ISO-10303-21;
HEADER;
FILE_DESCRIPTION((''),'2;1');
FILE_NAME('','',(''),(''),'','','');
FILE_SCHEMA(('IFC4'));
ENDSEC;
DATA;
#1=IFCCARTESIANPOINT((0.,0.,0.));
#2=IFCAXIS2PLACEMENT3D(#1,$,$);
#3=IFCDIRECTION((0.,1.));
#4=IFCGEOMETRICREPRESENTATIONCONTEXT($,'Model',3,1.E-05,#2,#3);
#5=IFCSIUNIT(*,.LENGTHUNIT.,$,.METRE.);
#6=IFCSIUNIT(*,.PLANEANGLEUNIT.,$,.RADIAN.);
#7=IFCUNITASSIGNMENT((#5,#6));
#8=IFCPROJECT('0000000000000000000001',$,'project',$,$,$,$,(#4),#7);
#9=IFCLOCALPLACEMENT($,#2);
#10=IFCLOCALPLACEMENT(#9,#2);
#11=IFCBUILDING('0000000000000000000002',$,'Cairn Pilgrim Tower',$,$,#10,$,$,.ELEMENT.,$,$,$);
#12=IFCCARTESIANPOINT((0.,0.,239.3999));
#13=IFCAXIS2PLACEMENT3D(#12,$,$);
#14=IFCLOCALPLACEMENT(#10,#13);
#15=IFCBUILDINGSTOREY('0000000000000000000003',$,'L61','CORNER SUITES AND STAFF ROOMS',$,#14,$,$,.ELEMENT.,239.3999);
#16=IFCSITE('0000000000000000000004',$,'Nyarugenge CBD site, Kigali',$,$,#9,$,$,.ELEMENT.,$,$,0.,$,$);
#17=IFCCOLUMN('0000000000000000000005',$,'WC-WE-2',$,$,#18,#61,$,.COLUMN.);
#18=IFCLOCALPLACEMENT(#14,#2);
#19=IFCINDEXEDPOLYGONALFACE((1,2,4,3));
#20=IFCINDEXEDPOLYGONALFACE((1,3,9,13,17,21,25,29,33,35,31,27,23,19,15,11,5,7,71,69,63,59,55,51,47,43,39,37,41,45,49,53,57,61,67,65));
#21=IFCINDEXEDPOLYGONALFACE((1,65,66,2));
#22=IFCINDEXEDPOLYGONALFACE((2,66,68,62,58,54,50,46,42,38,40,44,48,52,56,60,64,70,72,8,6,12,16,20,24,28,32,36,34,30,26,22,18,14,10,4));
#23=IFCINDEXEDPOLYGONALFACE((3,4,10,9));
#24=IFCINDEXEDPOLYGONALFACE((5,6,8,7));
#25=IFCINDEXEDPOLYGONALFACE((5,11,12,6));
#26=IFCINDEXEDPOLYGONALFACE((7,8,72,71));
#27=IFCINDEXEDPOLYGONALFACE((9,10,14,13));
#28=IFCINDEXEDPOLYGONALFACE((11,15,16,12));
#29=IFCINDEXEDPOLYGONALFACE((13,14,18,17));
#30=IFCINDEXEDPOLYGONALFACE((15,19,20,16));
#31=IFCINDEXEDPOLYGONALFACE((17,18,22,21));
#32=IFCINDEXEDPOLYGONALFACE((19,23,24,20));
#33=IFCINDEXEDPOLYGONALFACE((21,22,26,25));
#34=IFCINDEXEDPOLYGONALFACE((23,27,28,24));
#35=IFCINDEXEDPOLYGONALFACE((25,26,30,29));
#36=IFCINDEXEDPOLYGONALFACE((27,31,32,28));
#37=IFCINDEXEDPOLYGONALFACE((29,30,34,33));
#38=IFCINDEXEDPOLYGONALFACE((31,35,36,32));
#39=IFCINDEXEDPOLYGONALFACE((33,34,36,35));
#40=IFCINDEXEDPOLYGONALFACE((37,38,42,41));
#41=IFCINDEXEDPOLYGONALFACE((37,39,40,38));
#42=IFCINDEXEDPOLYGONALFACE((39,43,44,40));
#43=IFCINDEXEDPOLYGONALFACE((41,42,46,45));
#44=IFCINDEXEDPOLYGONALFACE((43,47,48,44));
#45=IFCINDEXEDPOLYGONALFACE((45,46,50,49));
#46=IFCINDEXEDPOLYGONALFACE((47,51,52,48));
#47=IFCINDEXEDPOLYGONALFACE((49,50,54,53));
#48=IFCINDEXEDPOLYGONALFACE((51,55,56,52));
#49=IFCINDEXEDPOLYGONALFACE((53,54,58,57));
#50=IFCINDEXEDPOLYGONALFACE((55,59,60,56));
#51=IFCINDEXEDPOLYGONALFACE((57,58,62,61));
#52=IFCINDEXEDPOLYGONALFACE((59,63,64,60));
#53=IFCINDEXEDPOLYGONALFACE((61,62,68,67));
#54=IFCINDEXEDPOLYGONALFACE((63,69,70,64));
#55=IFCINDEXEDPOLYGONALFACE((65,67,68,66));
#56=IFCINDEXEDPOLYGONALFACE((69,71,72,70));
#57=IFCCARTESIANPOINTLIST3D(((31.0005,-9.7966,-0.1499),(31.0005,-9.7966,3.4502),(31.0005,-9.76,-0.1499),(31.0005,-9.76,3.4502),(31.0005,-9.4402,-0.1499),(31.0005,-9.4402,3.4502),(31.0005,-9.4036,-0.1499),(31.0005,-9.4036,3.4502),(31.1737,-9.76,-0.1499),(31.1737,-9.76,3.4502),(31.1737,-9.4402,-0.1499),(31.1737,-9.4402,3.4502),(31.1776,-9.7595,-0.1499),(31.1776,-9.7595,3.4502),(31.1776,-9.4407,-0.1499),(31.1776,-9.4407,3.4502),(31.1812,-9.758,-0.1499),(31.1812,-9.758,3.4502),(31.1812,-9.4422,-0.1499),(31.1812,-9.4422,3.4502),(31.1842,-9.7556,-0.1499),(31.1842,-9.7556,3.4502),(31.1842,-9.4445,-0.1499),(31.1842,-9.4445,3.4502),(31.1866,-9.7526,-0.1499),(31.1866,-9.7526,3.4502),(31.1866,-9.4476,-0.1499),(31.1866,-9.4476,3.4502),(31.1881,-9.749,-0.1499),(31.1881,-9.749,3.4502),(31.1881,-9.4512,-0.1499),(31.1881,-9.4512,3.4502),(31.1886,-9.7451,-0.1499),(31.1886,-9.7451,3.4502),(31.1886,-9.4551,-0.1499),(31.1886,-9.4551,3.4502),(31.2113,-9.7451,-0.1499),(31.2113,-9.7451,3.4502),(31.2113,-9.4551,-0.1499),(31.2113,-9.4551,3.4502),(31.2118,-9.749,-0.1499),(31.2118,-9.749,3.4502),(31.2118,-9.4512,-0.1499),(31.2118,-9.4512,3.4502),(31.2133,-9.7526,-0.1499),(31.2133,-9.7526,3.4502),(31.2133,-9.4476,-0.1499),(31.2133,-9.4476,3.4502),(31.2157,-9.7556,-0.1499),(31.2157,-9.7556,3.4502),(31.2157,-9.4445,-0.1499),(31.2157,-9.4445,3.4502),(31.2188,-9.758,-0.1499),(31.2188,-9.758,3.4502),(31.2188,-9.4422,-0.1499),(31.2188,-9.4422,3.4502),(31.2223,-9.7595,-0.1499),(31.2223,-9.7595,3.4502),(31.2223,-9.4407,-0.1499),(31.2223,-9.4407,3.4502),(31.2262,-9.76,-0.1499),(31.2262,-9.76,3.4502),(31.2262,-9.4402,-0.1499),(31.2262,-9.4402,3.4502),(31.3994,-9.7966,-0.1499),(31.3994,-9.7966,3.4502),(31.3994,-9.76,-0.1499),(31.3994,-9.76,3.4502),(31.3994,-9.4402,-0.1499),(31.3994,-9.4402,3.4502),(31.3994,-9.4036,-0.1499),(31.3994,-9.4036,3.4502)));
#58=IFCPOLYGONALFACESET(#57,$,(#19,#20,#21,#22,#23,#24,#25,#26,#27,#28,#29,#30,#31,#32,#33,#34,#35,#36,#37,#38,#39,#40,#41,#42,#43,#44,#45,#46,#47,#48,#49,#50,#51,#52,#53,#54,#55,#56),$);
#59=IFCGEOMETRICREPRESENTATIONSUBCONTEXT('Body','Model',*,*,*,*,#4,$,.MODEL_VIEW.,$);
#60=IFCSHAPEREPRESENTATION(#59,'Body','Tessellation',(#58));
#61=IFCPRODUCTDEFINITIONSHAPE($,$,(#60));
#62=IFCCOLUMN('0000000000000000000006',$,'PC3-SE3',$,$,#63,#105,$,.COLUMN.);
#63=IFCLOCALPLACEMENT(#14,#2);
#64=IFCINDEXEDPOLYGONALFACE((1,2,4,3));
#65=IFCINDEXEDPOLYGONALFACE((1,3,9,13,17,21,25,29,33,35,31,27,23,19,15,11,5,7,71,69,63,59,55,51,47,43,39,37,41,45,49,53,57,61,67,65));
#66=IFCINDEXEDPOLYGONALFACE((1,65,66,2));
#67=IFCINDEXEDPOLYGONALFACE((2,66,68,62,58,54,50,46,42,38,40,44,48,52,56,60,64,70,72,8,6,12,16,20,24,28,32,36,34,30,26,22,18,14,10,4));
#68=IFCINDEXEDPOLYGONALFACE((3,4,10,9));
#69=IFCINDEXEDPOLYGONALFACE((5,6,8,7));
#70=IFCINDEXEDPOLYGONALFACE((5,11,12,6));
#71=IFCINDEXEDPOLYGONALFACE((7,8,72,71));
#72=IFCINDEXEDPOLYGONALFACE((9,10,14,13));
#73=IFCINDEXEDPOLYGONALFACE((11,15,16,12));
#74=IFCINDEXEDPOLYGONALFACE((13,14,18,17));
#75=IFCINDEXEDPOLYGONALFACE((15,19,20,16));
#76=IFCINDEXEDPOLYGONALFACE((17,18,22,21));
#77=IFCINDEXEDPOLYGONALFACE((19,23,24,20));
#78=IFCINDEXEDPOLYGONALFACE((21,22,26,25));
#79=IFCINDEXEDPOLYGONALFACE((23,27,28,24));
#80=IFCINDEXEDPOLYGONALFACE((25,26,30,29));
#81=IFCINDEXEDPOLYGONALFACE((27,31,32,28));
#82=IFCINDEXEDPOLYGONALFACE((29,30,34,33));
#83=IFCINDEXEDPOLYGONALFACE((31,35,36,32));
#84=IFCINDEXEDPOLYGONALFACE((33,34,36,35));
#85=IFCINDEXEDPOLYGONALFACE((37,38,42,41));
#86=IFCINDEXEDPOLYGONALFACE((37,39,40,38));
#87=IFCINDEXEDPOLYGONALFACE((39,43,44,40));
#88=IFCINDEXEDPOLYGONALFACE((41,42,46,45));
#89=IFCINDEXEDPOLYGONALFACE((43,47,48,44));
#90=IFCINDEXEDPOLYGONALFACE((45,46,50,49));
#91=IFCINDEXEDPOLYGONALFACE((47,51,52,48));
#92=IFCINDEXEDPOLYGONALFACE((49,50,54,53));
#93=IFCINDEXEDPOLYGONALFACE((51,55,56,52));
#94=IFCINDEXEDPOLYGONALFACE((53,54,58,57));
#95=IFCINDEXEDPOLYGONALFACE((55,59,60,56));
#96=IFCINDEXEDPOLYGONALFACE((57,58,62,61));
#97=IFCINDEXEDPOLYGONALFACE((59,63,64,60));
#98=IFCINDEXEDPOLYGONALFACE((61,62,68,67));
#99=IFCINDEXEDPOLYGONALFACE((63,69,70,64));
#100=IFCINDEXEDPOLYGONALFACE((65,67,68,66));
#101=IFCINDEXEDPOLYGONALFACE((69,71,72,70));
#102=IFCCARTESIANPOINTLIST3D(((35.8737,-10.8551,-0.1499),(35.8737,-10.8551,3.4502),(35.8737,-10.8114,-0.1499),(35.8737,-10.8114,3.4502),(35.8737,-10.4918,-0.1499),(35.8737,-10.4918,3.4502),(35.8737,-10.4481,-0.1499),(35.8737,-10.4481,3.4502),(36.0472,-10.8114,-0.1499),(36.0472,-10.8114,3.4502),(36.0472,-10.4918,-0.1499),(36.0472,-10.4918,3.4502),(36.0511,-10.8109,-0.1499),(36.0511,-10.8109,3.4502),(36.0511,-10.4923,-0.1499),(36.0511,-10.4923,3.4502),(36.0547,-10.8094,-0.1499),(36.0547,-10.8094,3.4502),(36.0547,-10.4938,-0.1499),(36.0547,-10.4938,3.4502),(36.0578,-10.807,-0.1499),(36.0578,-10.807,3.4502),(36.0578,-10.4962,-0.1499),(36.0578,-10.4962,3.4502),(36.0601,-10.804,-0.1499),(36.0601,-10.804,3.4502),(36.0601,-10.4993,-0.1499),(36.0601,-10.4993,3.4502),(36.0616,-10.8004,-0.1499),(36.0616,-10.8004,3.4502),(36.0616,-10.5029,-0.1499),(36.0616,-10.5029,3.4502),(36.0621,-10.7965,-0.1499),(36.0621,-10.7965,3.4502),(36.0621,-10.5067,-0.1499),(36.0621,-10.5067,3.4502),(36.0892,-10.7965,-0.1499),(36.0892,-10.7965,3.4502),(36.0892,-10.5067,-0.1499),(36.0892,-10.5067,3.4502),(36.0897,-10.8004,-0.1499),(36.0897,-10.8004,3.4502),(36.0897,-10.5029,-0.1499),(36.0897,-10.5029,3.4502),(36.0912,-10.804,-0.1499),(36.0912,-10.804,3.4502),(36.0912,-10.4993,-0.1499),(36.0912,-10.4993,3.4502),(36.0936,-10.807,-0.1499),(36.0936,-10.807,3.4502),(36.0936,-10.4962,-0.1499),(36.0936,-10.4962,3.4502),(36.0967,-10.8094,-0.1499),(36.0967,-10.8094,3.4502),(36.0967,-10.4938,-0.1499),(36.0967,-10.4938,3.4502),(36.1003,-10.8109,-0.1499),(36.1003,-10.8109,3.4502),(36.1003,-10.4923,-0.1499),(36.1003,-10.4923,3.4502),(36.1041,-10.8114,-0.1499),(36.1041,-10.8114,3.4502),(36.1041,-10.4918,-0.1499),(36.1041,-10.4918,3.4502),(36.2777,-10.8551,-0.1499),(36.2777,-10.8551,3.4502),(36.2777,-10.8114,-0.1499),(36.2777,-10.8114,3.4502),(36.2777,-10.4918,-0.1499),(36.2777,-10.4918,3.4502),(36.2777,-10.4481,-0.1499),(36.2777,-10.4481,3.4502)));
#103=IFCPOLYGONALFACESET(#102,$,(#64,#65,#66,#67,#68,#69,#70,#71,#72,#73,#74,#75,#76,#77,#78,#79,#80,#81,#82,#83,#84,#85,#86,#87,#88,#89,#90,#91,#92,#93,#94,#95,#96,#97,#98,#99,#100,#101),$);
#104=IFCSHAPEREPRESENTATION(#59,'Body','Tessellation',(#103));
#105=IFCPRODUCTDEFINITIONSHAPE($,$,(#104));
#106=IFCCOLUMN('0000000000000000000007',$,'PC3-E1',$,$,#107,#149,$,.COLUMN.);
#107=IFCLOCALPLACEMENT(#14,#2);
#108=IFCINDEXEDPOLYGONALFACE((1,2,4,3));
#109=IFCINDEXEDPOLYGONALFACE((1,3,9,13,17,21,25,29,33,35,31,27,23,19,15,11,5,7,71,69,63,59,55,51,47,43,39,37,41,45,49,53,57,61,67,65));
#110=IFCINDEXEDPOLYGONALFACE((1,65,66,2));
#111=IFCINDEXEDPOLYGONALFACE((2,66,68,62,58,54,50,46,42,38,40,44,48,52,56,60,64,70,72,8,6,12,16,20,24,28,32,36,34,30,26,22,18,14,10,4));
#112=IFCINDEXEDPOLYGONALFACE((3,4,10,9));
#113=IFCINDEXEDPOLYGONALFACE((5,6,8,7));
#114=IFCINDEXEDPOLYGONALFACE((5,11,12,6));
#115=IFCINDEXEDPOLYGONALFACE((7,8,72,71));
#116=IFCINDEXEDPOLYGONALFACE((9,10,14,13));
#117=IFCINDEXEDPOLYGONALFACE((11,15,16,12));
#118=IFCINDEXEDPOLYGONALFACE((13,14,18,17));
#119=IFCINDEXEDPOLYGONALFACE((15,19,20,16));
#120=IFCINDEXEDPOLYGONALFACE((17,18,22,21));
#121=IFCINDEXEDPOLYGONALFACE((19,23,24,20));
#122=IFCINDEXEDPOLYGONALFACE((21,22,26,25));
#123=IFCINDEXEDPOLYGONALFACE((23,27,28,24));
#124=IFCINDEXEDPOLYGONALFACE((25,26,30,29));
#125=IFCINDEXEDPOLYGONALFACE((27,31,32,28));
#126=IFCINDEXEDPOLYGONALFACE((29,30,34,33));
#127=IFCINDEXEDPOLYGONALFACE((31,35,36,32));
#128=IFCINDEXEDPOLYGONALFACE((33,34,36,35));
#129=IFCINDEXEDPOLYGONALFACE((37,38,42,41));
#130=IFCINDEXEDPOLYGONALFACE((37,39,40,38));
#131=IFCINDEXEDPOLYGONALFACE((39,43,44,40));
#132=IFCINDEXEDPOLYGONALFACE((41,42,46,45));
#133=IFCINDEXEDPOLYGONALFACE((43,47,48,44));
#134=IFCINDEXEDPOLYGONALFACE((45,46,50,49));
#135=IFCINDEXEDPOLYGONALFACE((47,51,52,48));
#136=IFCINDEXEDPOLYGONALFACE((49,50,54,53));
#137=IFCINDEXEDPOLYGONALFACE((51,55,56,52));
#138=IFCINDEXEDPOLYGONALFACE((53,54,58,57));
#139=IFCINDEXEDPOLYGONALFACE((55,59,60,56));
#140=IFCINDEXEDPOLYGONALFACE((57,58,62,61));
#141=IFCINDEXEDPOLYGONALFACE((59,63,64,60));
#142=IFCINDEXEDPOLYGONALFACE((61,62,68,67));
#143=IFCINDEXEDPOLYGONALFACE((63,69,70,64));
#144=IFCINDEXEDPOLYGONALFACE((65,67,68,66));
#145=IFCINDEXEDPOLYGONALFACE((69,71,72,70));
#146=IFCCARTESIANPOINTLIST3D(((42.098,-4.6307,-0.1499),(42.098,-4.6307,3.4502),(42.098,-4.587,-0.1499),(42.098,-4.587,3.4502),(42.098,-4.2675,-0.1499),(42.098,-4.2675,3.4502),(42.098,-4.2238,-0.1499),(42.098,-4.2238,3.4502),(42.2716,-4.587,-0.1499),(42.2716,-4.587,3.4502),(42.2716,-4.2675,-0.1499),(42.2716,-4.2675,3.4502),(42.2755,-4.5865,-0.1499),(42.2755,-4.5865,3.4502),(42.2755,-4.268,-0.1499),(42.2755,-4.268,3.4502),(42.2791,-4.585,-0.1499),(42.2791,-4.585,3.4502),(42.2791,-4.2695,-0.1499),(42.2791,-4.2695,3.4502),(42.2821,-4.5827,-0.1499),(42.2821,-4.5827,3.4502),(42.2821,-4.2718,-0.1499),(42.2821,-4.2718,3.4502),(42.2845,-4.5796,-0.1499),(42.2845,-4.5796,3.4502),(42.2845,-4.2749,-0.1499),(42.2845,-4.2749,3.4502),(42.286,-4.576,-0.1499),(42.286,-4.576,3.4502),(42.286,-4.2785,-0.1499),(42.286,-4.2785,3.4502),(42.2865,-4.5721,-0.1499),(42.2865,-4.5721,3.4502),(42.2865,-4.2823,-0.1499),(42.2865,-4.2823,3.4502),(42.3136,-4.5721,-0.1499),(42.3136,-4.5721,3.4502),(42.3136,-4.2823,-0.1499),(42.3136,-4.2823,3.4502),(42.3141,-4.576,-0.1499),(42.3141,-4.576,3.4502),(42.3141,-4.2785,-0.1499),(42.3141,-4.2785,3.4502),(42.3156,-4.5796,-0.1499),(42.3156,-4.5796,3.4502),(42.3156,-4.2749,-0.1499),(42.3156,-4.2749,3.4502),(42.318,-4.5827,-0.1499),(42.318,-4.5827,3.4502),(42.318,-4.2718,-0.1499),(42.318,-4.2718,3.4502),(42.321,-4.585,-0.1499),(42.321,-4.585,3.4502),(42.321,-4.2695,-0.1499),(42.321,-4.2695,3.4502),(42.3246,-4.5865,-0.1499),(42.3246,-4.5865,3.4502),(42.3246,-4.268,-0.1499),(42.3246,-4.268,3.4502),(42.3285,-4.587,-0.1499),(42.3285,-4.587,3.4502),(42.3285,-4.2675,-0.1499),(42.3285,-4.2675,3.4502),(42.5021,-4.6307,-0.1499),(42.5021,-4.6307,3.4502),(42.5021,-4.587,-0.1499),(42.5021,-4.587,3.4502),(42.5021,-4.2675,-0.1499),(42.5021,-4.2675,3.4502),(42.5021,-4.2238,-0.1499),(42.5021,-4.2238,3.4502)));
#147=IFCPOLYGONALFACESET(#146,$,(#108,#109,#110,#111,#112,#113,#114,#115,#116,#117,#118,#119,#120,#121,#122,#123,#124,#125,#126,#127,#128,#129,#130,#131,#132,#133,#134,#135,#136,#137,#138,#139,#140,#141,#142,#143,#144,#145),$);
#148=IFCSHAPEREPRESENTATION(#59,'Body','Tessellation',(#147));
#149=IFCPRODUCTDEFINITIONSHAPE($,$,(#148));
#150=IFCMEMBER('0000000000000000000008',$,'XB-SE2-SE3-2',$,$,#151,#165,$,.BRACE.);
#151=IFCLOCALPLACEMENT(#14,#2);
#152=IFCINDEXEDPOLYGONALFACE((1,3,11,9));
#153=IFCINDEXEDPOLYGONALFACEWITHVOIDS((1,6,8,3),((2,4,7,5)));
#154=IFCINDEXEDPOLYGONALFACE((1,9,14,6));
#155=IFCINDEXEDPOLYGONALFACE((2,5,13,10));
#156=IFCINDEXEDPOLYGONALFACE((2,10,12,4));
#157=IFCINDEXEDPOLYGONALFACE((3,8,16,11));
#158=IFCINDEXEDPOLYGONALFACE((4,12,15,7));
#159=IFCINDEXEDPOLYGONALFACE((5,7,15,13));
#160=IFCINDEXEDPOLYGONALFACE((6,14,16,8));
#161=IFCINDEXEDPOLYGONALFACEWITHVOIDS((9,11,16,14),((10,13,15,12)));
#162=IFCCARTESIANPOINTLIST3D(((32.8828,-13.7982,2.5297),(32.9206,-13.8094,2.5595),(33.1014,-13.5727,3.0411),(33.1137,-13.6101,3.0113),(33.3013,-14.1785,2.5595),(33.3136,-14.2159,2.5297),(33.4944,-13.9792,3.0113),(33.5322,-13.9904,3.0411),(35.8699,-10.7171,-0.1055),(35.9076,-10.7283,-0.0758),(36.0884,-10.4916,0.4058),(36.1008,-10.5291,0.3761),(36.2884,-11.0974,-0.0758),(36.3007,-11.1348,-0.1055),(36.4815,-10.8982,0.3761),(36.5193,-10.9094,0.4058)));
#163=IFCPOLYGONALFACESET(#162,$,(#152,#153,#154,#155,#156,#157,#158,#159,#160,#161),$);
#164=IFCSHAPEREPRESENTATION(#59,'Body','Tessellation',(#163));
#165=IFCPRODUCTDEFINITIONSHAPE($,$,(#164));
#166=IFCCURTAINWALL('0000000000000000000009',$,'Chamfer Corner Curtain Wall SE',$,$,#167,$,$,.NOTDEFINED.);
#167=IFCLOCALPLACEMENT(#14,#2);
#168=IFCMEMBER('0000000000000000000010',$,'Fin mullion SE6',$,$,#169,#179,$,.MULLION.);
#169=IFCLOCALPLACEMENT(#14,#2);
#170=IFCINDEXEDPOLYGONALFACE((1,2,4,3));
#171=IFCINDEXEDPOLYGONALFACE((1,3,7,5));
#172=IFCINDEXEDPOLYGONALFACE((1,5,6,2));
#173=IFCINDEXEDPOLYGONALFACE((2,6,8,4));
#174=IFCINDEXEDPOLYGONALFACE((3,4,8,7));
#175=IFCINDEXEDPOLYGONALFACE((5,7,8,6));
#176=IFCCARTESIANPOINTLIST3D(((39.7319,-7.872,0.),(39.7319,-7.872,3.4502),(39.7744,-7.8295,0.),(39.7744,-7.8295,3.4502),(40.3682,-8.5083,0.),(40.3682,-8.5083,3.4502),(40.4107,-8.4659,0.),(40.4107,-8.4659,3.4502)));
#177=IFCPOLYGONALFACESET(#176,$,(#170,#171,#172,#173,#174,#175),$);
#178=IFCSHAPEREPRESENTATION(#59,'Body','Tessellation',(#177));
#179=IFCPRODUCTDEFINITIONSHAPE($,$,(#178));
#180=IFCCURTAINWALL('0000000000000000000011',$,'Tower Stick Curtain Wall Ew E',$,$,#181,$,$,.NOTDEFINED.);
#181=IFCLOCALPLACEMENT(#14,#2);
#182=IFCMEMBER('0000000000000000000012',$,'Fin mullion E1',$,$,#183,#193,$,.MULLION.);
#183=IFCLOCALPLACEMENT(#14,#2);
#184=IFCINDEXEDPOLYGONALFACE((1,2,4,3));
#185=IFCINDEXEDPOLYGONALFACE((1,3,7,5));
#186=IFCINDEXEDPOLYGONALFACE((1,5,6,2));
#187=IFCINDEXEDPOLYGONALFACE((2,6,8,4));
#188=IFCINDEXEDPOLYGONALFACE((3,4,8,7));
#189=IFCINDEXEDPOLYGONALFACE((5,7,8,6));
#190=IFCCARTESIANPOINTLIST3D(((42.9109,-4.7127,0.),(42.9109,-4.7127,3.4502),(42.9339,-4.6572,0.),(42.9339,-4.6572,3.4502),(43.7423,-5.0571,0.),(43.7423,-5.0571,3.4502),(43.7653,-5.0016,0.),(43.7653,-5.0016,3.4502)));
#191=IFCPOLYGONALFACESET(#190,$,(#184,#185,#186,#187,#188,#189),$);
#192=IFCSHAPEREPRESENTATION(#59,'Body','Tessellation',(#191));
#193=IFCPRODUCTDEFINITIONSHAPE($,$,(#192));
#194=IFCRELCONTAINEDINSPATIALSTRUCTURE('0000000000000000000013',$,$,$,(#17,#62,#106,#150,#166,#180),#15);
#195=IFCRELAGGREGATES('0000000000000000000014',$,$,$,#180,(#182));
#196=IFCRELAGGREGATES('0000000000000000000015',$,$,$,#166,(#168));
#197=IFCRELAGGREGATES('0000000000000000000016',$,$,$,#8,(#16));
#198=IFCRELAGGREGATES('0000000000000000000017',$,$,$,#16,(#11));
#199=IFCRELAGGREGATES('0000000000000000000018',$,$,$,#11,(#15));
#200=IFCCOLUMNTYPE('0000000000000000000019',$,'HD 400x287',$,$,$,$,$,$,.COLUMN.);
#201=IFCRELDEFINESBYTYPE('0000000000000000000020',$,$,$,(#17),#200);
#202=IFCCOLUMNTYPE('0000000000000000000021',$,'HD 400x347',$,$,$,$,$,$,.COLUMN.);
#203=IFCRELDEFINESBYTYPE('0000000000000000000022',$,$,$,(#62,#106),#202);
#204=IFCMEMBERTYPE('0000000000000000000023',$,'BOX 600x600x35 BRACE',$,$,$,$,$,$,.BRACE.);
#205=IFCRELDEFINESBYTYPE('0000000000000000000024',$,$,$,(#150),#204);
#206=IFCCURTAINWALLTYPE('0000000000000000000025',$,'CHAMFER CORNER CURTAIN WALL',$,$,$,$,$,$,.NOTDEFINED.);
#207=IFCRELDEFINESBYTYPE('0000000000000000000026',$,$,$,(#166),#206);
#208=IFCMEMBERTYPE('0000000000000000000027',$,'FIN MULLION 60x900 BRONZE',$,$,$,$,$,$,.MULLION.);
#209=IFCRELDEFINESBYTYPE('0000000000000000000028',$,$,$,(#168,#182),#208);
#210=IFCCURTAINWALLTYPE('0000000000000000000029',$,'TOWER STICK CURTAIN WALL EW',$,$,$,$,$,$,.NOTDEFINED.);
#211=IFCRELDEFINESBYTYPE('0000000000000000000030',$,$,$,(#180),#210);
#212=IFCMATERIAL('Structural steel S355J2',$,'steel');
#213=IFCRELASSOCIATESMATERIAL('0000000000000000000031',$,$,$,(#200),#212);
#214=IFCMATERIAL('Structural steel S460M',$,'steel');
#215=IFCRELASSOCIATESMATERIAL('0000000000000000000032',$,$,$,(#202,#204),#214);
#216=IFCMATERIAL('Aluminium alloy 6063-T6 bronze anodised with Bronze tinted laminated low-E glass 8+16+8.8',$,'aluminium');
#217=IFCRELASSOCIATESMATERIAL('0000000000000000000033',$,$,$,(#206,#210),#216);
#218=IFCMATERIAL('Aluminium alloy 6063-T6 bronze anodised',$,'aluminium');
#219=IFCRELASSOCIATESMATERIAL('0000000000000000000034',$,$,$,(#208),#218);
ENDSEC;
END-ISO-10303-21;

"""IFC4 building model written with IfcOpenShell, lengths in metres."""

from ifc_helpers import new_model, si_unit, direction, frame, origin, origin_2d, place, context, subcontext, project, spatial, rectangle, hollow_rectangle, i_section, extrude, material, material_profile, profile_set, type_object, element, aggregate, save


model = new_model("IFC4")

# Units and contexts
model_context = context("Model", 3, precision=1e-05, world=origin(), true_north=direction((0.0, 1.0)))
body_context = subcontext(model_context, "Body", "Model", "MODEL_VIEW")
ifc_project = project(units=[si_unit("LENGTHUNIT", "METRE"), si_unit("PLANEANGLEUNIT", "RADIAN")], contexts=[model_context])

# Site, building, storey
site_placement = place(None, origin())
site = spatial("IfcSite", under=ifc_project, at=site_placement, Name="Nyarugenge CBD site, Kigali", CompositionType="ELEMENT", RefElevation=0.0)
building_placement = place(site_placement, origin())
building = spatial("IfcBuilding", under=site, at=building_placement, Name="Cairn Pilgrim Tower", CompositionType="ELEMENT")
storey_placement = place(building_placement, frame((0.0, 0.0, 239.3999)))
storey = spatial("IfcBuildingStorey", under=building, at=storey_placement, Name="L61", Description="CORNER SUITES AND STAFF ROOMS", CompositionType="ELEMENT", Elevation=239.3999)

# Columns
ifc_material_1 = material(Name="Structural steel S355J2", Category="steel")
ifc_material_profile_1 = material_profile(ifc_material_1, i_section(OverallWidth=0.3989, OverallDepth=0.3931, WebThickness=0.0227, FlangeThickness=0.0366, FilletRadius=0.0149, at=origin_2d()), Name="HD 400x287")
ifc_profile_set_1 = profile_set([ifc_material_profile_1], Name="Structural steel S355J2")
column_type_1 = type_object("IfcColumnType", Name="HD 400x287", PredefinedType="COLUMN", material=ifc_profile_set_1)
column_placement = place(storey_placement, frame((31.2, -9.6001, -0.1499), z_axis=(0.0, 0.0, 1.0), x_axis=(1.0, 0.0, 0.0)))
element("IfcColumn", 1, at=column_placement, inside=storey, type_object=column_type_1, Name="WC-WE-2", PredefinedType="COLUMN", context=body_context, shape_type="SweptSolid", body=[
    extrude(i_section(OverallWidth=0.3989, OverallDepth=0.3931, WebThickness=0.0227, FlangeThickness=0.0366, FilletRadius=0.0149, at=origin_2d()), origin(), (0.0, 0.0, 1.0), 3.6001),
])
ifc_material_2 = material(Name="Structural steel S460M", Category="steel")
ifc_material_profile_2 = material_profile(ifc_material_2, i_section(OverallWidth=0.4041, OverallDepth=0.407, WebThickness=0.0271, FlangeThickness=0.0437, FilletRadius=0.0149, at=origin_2d()), Name="HD 400x347")
ifc_profile_set_2 = profile_set([ifc_material_profile_2], Name="Structural steel S460M")
column_type_2 = type_object("IfcColumnType", Name="HD 400x347", PredefinedType="COLUMN", material=ifc_profile_set_2)
for number, where, z_axis, x_axis, name in (
    (2, (36.0757, -10.6516, -0.1499), (0.0, 0.0, 1.0), (1.0, 0.0, 0.0), "PC3-SE3"),
    (3, (42.3, -4.4272, -0.1499), (0.0, 0.0, 1.0), (1.0, 0.0, 0.0), "PC3-E1"),
):
    element("IfcColumn", number, at=place(storey_placement, frame(where, z_axis=z_axis, x_axis=x_axis)), inside=storey, type_object=column_type_2, Name=name, PredefinedType="COLUMN", context=body_context, shape_type="SweptSolid", body=[
        extrude(i_section(OverallWidth=0.4041, OverallDepth=0.407, WebThickness=0.0271, FlangeThickness=0.0437, FilletRadius=0.0149, at=origin_2d()), origin(), (0.0, 0.0, 1.0), 3.6001),
    ])

# Member
ifc_material_profile_3 = material_profile(ifc_material_2, hollow_rectangle(XDim=0.6001, YDim=0.6001, WallThickness=0.0349, at=origin_2d()), Name="BOX 600x600x35")
ifc_profile_set_3 = profile_set([ifc_material_profile_3], Name="Structural steel S460M")
member_type_1 = type_object("IfcMemberType", Name="BOX 600x600x35 BRACE", PredefinedType="BRACE", material=ifc_profile_set_3)
member_1_placement = place(storey_placement, frame((36.1946, -10.8132, 0.1501), z_axis=(-0.593157, -0.611822, 0.523297), x_axis=(0.717974, -0.69607, 0.0)))
element("IfcMember", 4, at=member_1_placement, inside=storey, type_object=member_type_1, Name="XB-SE2-SE3-2", PredefinedType="BRACE", context=body_context, shape_type="SweptSolid", body=[
    extrude(hollow_rectangle(XDim=0.6001, YDim=0.6001, WallThickness=0.0349, at=origin_2d()), origin(), (0.0, 0.0, 1.0), 5.0359),
])

# Curtain walls, members
ifc_material_3 = material(Name="Aluminium alloy 6063-T6 bronze anodised with Bronze tinted laminated low-E glass 8+16+8.8", Category="aluminium")
curtain_wall_type_1 = type_object("IfcCurtainWallType", Name="CHAMFER CORNER CURTAIN WALL", PredefinedType="NOTDEFINED", material=ifc_material_3)
curtain_wall_1_placement = place(storey_placement, origin())
curtain_wall_1 = element("IfcCurtainWall", 5, at=curtain_wall_1_placement, inside=storey, type_object=curtain_wall_type_1, Name="Chamfer Corner Curtain Wall SE", PredefinedType="NOTDEFINED")
ifc_material_4 = material(Name="Aluminium alloy 6063-T6 bronze anodised", Category="aluminium")
ifc_material_profile_4 = material_profile(ifc_material_4, rectangle(XDim=0.8999, YDim=0.0601, at=origin_2d()), Name="FIN MULLION 60x900 BRONZE")
ifc_profile_set_4 = profile_set([ifc_material_profile_4], Name="Aluminium alloy 6063-T6 bronze anodised")
member_type_2 = type_object("IfcMemberType", Name="FIN MULLION 60x900 BRONZE", PredefinedType="MULLION", material=ifc_profile_set_4)
member_2_placement = place(storey_placement, frame((40.0713, -8.1689, 0.0), z_axis=(0.0, 0.0, 1.0), x_axis=(0.707107, -0.707107, 0.0)))
member_2 = element("IfcMember", 6, at=member_2_placement, type_object=member_type_2, Name="Fin mullion SE6", PredefinedType="MULLION", context=body_context, shape_type="SweptSolid", body=[
    extrude(rectangle(XDim=0.8999, YDim=0.0601, at=origin_2d()), origin(), (0.0, 0.0, 1.0), 3.4502),
])
curtain_wall_type_2 = type_object("IfcCurtainWallType", Name="TOWER STICK CURTAIN WALL EW", PredefinedType="NOTDEFINED", material=ifc_material_3)
curtain_wall_2_placement = place(storey_placement, origin())
curtain_wall_2 = element("IfcCurtainWall", 7, at=curtain_wall_2_placement, inside=storey, type_object=curtain_wall_type_2, Name="Tower Stick Curtain Wall Ew E", PredefinedType="NOTDEFINED")
member_3_placement = place(storey_placement, frame((43.3381, -4.8572, 0.0), z_axis=(0.0, 0.0, 1.0), x_axis=(0.92388, -0.382683, 0.0)))
member_3 = element("IfcMember", 8, at=member_3_placement, type_object=member_type_2, Name="Fin mullion E1", PredefinedType="MULLION", context=body_context, shape_type="SweptSolid", body=[
    extrude(rectangle(XDim=0.8999, YDim=0.0601, at=origin_2d()), origin(), (0.0, 0.0, 1.0), 3.4502),
])
aggregate(curtain_wall_2, [member_3])

aggregate(curtain_wall_1, [member_2])

save(model, "model.ifc")
